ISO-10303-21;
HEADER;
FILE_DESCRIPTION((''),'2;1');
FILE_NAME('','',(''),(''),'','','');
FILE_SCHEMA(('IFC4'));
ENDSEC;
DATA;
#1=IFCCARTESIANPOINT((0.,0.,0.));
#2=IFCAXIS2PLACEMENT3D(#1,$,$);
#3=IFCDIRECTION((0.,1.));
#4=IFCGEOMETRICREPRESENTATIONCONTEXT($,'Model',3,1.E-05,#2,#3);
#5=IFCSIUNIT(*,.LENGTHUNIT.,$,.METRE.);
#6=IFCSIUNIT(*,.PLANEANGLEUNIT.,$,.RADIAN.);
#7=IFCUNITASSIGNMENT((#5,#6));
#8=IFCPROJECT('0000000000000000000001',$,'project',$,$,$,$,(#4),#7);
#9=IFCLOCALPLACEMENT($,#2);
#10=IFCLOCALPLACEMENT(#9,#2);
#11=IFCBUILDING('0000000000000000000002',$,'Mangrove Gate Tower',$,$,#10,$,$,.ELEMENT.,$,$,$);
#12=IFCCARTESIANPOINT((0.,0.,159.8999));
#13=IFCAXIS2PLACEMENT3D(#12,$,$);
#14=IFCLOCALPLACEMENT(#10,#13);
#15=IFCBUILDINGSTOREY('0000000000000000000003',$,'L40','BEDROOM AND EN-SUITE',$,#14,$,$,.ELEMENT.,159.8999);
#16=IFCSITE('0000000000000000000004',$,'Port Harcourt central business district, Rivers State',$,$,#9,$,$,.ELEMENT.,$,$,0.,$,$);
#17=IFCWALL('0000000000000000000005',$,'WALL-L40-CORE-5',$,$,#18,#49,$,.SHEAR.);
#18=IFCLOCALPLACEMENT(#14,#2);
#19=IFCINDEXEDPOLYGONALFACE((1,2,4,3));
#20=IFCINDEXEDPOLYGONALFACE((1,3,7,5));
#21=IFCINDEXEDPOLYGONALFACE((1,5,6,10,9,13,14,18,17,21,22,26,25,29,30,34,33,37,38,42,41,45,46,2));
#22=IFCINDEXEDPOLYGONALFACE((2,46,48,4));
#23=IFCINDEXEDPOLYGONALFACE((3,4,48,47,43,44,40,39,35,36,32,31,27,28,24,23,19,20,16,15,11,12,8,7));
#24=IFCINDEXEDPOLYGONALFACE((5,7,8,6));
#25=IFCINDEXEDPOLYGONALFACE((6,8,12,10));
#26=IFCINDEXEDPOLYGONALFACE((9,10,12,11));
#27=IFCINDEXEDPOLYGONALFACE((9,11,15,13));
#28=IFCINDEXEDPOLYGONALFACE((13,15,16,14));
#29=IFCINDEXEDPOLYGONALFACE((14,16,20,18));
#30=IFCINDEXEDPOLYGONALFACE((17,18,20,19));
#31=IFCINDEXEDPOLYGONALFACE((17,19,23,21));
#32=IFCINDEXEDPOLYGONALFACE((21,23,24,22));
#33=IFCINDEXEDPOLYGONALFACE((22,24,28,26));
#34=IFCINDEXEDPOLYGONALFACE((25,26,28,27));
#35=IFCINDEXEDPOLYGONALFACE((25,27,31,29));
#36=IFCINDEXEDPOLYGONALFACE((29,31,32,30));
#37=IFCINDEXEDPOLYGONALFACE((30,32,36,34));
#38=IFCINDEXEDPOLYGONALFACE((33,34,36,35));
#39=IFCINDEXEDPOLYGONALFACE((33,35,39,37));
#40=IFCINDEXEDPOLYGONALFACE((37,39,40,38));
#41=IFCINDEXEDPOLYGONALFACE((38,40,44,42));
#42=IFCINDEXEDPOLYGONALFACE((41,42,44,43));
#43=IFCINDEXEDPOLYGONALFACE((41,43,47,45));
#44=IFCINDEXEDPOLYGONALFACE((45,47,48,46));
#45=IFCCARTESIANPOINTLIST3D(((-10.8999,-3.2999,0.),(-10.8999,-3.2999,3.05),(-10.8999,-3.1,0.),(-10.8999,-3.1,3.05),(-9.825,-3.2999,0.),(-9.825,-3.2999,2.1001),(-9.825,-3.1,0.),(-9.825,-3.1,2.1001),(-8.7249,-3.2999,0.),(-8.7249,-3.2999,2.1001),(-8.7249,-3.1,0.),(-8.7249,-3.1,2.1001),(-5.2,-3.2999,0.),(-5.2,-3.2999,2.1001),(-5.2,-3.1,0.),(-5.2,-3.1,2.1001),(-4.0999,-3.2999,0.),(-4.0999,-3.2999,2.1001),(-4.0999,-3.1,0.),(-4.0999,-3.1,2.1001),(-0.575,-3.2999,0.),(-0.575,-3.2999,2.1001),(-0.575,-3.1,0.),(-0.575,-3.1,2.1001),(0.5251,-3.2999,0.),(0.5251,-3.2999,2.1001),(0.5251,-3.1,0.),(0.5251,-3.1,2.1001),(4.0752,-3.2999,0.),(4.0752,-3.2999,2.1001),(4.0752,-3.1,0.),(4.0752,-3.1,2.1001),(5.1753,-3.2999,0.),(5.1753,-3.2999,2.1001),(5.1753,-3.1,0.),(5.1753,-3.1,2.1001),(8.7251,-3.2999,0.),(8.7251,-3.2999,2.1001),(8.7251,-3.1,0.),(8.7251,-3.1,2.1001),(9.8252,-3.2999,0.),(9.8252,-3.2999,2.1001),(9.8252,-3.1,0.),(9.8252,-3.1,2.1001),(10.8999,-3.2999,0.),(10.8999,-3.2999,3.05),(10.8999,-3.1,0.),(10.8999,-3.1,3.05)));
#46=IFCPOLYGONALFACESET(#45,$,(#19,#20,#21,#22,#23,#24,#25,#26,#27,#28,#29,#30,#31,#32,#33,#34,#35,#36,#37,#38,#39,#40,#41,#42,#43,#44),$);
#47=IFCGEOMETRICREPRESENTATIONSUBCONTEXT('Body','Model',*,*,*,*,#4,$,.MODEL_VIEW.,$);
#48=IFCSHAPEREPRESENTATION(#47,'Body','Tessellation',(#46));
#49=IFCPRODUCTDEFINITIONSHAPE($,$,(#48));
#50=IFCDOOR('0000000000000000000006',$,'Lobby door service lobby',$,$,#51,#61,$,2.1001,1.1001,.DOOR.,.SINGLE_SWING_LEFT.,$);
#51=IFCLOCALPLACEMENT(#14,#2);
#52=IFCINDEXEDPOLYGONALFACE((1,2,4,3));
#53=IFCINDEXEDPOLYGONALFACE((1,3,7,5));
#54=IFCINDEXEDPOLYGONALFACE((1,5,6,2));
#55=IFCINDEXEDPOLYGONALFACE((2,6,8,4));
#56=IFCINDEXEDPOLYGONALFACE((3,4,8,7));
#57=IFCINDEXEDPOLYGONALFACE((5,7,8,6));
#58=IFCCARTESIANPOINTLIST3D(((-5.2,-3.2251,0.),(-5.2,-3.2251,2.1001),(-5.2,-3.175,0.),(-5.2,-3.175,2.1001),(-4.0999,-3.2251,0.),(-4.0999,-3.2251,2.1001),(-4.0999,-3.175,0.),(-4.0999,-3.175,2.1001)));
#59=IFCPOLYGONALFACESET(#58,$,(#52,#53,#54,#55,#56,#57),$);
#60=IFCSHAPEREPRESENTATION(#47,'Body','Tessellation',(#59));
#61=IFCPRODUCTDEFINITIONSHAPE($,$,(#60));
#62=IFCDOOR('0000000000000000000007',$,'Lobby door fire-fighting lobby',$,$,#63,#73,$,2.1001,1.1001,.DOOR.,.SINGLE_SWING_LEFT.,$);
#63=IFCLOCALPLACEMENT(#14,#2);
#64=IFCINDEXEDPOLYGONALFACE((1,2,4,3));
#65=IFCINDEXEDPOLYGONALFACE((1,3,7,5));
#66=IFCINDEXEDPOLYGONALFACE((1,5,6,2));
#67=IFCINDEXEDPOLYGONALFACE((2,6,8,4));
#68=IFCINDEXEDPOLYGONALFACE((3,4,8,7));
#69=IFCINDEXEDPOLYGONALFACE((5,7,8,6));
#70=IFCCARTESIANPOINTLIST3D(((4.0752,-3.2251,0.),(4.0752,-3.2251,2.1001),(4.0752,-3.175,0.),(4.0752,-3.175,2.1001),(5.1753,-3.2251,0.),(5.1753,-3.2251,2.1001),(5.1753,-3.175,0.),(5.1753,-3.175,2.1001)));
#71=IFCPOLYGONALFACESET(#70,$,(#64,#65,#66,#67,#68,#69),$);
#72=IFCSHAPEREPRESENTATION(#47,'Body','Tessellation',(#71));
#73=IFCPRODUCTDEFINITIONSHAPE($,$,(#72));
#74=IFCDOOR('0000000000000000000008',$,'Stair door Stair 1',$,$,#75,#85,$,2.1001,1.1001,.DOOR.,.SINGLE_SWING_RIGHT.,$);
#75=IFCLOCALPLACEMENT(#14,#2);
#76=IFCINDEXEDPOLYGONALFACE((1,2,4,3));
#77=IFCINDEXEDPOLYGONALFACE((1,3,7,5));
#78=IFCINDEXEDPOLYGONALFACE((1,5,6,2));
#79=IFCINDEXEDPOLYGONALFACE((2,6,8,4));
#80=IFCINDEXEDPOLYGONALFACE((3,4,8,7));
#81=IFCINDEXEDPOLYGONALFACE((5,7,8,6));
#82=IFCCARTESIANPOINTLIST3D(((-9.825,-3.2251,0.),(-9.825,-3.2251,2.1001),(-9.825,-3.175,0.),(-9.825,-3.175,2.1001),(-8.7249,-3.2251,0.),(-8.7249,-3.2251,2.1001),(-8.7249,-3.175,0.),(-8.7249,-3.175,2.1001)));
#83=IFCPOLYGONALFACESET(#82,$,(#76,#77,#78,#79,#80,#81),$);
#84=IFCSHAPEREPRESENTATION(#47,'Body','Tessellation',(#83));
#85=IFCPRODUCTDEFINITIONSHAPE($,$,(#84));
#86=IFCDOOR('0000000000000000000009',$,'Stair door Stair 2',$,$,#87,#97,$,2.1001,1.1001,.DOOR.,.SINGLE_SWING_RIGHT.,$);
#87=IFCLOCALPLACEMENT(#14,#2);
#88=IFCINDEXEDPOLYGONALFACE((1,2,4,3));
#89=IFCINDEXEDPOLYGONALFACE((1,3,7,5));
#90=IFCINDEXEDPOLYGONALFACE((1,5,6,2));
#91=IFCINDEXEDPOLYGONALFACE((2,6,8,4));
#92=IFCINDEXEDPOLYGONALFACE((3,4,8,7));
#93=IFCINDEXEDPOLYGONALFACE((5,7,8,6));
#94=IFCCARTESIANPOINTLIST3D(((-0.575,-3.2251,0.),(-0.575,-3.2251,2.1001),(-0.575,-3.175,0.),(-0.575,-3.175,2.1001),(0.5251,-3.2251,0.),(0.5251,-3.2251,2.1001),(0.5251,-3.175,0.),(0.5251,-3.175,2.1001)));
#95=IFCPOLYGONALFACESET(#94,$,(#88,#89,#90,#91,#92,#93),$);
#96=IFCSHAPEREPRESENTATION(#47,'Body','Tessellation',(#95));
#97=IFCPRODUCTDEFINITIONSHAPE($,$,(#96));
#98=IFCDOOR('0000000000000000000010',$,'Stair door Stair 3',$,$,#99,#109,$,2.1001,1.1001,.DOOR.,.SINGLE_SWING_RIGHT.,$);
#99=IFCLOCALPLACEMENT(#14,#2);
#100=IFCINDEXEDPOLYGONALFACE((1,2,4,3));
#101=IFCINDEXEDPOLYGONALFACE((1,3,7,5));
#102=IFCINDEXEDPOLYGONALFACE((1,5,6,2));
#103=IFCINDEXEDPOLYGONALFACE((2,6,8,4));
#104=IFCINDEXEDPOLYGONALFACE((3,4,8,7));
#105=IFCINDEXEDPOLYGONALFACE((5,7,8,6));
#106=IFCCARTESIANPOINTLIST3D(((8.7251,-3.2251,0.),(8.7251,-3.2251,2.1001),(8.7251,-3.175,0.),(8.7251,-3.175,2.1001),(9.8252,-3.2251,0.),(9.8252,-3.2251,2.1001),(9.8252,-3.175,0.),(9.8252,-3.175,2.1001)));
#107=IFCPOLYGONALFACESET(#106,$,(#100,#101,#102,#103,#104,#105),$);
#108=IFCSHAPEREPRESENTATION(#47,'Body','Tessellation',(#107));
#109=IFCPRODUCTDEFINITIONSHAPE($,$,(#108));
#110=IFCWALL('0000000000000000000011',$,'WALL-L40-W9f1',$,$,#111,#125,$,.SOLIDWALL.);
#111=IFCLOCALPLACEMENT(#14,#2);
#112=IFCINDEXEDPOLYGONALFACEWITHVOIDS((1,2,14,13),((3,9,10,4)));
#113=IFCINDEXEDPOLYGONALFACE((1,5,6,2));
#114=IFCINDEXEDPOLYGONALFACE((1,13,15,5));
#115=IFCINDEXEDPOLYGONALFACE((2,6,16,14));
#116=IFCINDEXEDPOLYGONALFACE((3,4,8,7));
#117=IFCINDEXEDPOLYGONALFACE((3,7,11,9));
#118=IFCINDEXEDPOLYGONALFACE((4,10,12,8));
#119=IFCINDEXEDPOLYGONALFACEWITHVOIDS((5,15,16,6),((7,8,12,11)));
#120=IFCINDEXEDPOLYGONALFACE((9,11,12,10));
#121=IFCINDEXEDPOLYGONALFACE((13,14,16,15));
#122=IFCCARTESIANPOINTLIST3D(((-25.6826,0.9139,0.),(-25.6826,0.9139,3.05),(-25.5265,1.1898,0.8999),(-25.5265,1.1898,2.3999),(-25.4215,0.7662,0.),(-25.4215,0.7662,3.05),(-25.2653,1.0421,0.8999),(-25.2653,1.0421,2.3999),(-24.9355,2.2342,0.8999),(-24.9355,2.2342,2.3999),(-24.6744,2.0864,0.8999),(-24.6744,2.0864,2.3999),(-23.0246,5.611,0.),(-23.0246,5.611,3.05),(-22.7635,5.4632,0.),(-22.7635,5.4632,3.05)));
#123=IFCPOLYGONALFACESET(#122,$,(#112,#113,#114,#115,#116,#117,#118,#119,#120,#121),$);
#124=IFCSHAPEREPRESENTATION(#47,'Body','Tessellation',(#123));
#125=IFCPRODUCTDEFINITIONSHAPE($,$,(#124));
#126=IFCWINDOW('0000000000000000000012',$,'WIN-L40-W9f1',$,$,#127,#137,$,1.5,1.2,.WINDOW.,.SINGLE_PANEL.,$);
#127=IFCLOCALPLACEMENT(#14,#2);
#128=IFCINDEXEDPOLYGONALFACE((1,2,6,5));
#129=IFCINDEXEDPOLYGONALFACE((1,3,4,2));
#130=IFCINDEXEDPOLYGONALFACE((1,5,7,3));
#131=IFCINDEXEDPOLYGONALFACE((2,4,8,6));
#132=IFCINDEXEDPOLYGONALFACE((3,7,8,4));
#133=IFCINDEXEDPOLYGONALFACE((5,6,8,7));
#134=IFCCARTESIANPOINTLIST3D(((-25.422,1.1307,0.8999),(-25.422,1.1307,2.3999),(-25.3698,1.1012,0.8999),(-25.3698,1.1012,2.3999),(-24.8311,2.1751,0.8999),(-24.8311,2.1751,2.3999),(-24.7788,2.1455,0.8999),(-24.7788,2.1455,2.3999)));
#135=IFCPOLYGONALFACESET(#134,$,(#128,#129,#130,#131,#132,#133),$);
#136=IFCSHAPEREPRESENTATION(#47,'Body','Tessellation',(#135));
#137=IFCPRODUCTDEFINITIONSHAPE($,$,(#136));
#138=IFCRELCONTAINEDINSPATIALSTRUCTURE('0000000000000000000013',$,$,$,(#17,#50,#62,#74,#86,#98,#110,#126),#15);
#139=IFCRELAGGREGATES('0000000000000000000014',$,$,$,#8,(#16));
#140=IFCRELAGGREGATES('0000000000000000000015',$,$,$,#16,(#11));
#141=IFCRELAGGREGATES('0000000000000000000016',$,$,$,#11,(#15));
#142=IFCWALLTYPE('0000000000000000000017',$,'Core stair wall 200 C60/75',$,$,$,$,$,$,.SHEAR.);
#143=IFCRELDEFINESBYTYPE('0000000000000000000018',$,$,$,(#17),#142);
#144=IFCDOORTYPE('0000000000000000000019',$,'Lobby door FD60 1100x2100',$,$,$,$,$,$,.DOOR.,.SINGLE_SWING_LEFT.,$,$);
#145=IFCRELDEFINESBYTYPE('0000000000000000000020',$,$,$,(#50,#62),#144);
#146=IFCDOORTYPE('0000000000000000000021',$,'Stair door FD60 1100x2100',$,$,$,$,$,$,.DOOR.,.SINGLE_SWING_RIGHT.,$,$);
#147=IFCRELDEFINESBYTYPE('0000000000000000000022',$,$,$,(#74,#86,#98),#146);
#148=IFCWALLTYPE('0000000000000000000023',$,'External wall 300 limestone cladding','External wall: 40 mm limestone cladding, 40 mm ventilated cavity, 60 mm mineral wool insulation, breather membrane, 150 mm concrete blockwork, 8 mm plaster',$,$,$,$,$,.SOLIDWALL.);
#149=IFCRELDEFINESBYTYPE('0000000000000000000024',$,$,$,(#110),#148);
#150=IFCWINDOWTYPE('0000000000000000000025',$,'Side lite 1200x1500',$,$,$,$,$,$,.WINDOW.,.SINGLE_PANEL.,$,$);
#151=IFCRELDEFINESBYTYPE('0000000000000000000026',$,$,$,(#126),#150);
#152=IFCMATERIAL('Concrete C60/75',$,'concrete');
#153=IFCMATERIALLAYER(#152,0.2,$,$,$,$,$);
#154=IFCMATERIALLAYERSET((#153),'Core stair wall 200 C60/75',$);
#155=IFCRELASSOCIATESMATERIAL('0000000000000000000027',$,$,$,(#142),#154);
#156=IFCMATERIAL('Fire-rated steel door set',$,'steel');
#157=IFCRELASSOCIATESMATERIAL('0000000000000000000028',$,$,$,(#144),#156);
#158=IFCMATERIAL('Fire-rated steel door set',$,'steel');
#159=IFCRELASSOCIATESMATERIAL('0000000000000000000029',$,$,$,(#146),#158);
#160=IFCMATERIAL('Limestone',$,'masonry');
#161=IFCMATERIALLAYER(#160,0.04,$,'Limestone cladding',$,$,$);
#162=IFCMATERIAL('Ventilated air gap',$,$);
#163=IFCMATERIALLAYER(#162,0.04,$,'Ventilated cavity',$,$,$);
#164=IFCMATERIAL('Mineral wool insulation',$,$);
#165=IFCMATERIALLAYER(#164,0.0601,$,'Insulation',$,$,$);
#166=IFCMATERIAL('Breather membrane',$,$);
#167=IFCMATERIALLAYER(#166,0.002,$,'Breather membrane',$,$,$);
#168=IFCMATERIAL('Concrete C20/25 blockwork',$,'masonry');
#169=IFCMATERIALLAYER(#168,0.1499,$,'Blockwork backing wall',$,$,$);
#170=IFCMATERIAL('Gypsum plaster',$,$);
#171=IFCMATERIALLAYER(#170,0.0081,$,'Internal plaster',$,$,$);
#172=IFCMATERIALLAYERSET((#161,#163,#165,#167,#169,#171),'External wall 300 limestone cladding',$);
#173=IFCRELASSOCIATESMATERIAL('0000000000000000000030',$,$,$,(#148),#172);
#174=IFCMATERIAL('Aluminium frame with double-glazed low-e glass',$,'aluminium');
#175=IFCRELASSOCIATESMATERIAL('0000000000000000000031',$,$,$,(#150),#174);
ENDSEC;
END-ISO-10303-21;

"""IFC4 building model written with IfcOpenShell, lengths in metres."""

from ifc_helpers import new_model, si_unit, direction, frame, frame_2d, origin, place, context, subcontext, project, spatial, rectangle, extrude, material, layer, layer_set, type_object, element, fill, save


model = new_model("IFC4")

# Units and contexts
model_context = context("Model", 3, precision=1e-05, world=origin(), true_north=direction((0.0, 1.0)))
body_context = subcontext(model_context, "Body", "Model", "MODEL_VIEW")
ifc_project = project(units=[si_unit("LENGTHUNIT", "METRE"), si_unit("PLANEANGLEUNIT", "RADIAN")], contexts=[model_context])

# Site, building, storey
site_placement = place(None, origin())
site = spatial("IfcSite", under=ifc_project, at=site_placement, Name="Port Harcourt central business district, Rivers State", CompositionType="ELEMENT", RefElevation=0.0)
building_placement = place(site_placement, origin())
building = spatial("IfcBuilding", under=site, at=building_placement, Name="Mangrove Gate Tower", CompositionType="ELEMENT")
storey_placement = place(building_placement, frame((0.0, 0.0, 159.8999)))
storey = spatial("IfcBuildingStorey", under=building, at=storey_placement, Name="L40", Description="BEDROOM AND EN-SUITE", CompositionType="ELEMENT", Elevation=159.8999)

# Wall, openings, doors
ifc_material_1 = material(Name="Concrete C60/75", Category="concrete")
ifc_layer_1 = layer(ifc_material_1, 0.2)
ifc_layer_set_1 = layer_set([ifc_layer_1], Name="Core stair wall 200 C60/75")
wall_type_1 = type_object("IfcWallType", Name="Core stair wall 200 C60/75", PredefinedType="SHEAR", material=ifc_layer_set_1)
wall_1_placement = place(storey_placement, frame((-10.8999, -3.2, 0.0), z_axis=(0.0, 0.0, 1.0), x_axis=(1.0, 0.0, 0.0)))
wall_1 = element("IfcWall", 1, at=wall_1_placement, inside=storey, type_object=wall_type_1, Name="WALL-L40-CORE-5", PredefinedType="SHEAR", context=body_context, shape_type="SweptSolid", body=[
    extrude(rectangle(XDim=21.7998, YDim=0.2, at=frame_2d((10.8999, 0.0))), origin(), (0.0, 0.0, 1.0), 3.05),
])
opening_1_placement = place(wall_1_placement, frame((1.075, 0.0, 0.0)))
opening_1 = element("IfcOpeningElement", 2, at=opening_1_placement, cuts=wall_1, PredefinedType="OPENING", context=body_context, shape_type="SweptSolid", body=[
    extrude(rectangle(XDim=1.1001, YDim=2.1001, at=frame_2d((0.55, 1.05))), frame((0.0, 0.1099, 0.0), z_axis=(0.0, -1.0, 0.0), x_axis=(1.0, 0.0, 0.0)), (0.0, 0.0, 1.0), 0.22),
])
opening_2_placement = place(wall_1_placement, frame((10.325, 0.0, 0.0)))
opening_2 = element("IfcOpeningElement", 3, at=opening_2_placement, cuts=wall_1, PredefinedType="OPENING", context=body_context, shape_type="SweptSolid", body=[
    extrude(rectangle(XDim=1.1001, YDim=2.1001, at=frame_2d((0.55, 1.05))), frame((0.0, 0.1099, 0.0), z_axis=(0.0, -1.0, 0.0), x_axis=(1.0, 0.0, 0.0)), (0.0, 0.0, 1.0), 0.22),
])
opening_3_placement = place(wall_1_placement, frame((19.625, 0.0, 0.0)))
opening_3 = element("IfcOpeningElement", 4, at=opening_3_placement, cuts=wall_1, PredefinedType="OPENING", context=body_context, shape_type="SweptSolid", body=[
    extrude(rectangle(XDim=1.1001, YDim=2.1001, at=frame_2d((0.55, 1.05))), frame((0.0, 0.1099, 0.0), z_axis=(0.0, -1.0, 0.0), x_axis=(1.0, 0.0, 0.0)), (0.0, 0.0, 1.0), 0.22),
])
opening_4_placement = place(wall_1_placement, frame((5.7, 0.0, 0.0)))
opening_4 = element("IfcOpeningElement", 5, at=opening_4_placement, cuts=wall_1, PredefinedType="OPENING", context=body_context, shape_type="SweptSolid", body=[
    extrude(rectangle(XDim=1.1001, YDim=2.1001, at=frame_2d((0.55, 1.05))), frame((0.0, 0.1099, 0.0), z_axis=(0.0, -1.0, 0.0), x_axis=(1.0, 0.0, 0.0)), (0.0, 0.0, 1.0), 0.22),
])
opening_5_placement = place(wall_1_placement, frame((14.9751, 0.0, 0.0)))
opening_5 = element("IfcOpeningElement", 6, at=opening_5_placement, cuts=wall_1, PredefinedType="OPENING", context=body_context, shape_type="SweptSolid", body=[
    extrude(rectangle(XDim=1.1001, YDim=2.1001, at=frame_2d((0.55, 1.05))), frame((0.0, 0.1099, 0.0), z_axis=(0.0, -1.0, 0.0), x_axis=(1.0, 0.0, 0.0)), (0.0, 0.0, 1.0), 0.22),
])
ifc_material_2 = material(Name="Fire-rated steel door set", Category="steel")
door_type_1 = type_object("IfcDoorType", Name="Lobby door FD60 1100x2100", OperationType="SINGLE_SWING_LEFT", PredefinedType="DOOR", material=ifc_material_2)
door_1_placement = place(opening_4_placement, origin())
door_1 = element("IfcDoor", 7, at=door_1_placement, inside=storey, type_object=door_type_1, Name="Lobby door service lobby", OperationType="SINGLE_SWING_LEFT", OverallHeight=2.1001, OverallWidth=1.1001, PredefinedType="DOOR", context=body_context, shape_type="SweptSolid", body=[
    extrude(rectangle(XDim=1.1001, YDim=2.1001, at=frame_2d((0.55, 1.05))), frame((0.0, 0.0249, 0.0), z_axis=(0.0, -1.0, 0.0), x_axis=(1.0, 0.0, 0.0)), (0.0, 0.0, 1.0), 0.05),
])
fill(opening_4, door_1)
door_2_placement = place(opening_5_placement, origin())
door_2 = element("IfcDoor", 8, at=door_2_placement, inside=storey, type_object=door_type_1, Name="Lobby door fire-fighting lobby", OperationType="SINGLE_SWING_LEFT", OverallHeight=2.1001, OverallWidth=1.1001, PredefinedType="DOOR", context=body_context, shape_type="SweptSolid", body=[
    extrude(rectangle(XDim=1.1001, YDim=2.1001, at=frame_2d((0.55, 1.05))), frame((0.0, 0.0249, 0.0), z_axis=(0.0, -1.0, 0.0), x_axis=(1.0, 0.0, 0.0)), (0.0, 0.0, 1.0), 0.05),
])
fill(opening_5, door_2)
ifc_material_3 = material(Name="Fire-rated steel door set", Category="steel")
door_type_2 = type_object("IfcDoorType", Name="Stair door FD60 1100x2100", OperationType="SINGLE_SWING_RIGHT", PredefinedType="DOOR", material=ifc_material_3)
door_3_placement = place(opening_1_placement, origin())
door_3 = element("IfcDoor", 9, at=door_3_placement, inside=storey, type_object=door_type_2, Name="Stair door Stair 1", OperationType="SINGLE_SWING_RIGHT", OverallHeight=2.1001, OverallWidth=1.1001, PredefinedType="DOOR", context=body_context, shape_type="SweptSolid", body=[
    extrude(rectangle(XDim=1.1001, YDim=2.1001, at=frame_2d((0.55, 1.05))), frame((0.0, 0.0249, 0.0), z_axis=(0.0, -1.0, 0.0), x_axis=(1.0, 0.0, 0.0)), (0.0, 0.0, 1.0), 0.05),
])
fill(opening_1, door_3)
door_4_placement = place(opening_2_placement, origin())
door_4 = element("IfcDoor", 10, at=door_4_placement, inside=storey, type_object=door_type_2, Name="Stair door Stair 2", OperationType="SINGLE_SWING_RIGHT", OverallHeight=2.1001, OverallWidth=1.1001, PredefinedType="DOOR", context=body_context, shape_type="SweptSolid", body=[
    extrude(rectangle(XDim=1.1001, YDim=2.1001, at=frame_2d((0.55, 1.05))), frame((0.0, 0.0249, 0.0), z_axis=(0.0, -1.0, 0.0), x_axis=(1.0, 0.0, 0.0)), (0.0, 0.0, 1.0), 0.05),
])
fill(opening_2, door_4)
door_5_placement = place(opening_3_placement, origin())
door_5 = element("IfcDoor", 11, at=door_5_placement, inside=storey, type_object=door_type_2, Name="Stair door Stair 3", OperationType="SINGLE_SWING_RIGHT", OverallHeight=2.1001, OverallWidth=1.1001, PredefinedType="DOOR", context=body_context, shape_type="SweptSolid", body=[
    extrude(rectangle(XDim=1.1001, YDim=2.1001, at=frame_2d((0.55, 1.05))), frame((0.0, 0.0249, 0.0), z_axis=(0.0, -1.0, 0.0), x_axis=(1.0, 0.0, 0.0)), (0.0, 0.0, 1.0), 0.05),
])
fill(opening_3, door_5)

# Wall, opening, window
ifc_material_4 = material(Name="Limestone", Category="masonry")
ifc_layer_2 = layer(ifc_material_4, 0.04, Name="Limestone cladding")
ifc_material_5 = material(Name="Ventilated air gap")
ifc_layer_3 = layer(ifc_material_5, 0.04, Name="Ventilated cavity")
ifc_material_6 = material(Name="Mineral wool insulation")
ifc_layer_4 = layer(ifc_material_6, 0.0601, Name="Insulation")
ifc_material_7 = material(Name="Breather membrane")
ifc_layer_5 = layer(ifc_material_7, 0.002, Name="Breather membrane")
ifc_material_8 = material(Name="Concrete C20/25 blockwork", Category="masonry")
ifc_layer_6 = layer(ifc_material_8, 0.1499, Name="Blockwork backing wall")
ifc_material_9 = material(Name="Gypsum plaster")
ifc_layer_7 = layer(ifc_material_9, 0.0081, Name="Internal plaster")
ifc_layer_set_2 = layer_set([ifc_layer_2, ifc_layer_3, ifc_layer_4, ifc_layer_5, ifc_layer_6, ifc_layer_7], Name="External wall 300 limestone cladding")
wall_type_2 = type_object("IfcWallType", Name="External wall 300 limestone cladding", Description="External wall: 40 mm limestone cladding, 40 mm ventilated cavity, 60 mm mineral wool insulation, breather membrane, 150 mm concrete blockwork, 8 mm plaster", PredefinedType="SOLIDWALL", material=ifc_layer_set_2)
wall_2_placement = place(storey_placement, frame((-22.894, 5.5371, 0.0), z_axis=(0.0, 0.0, 1.0), x_axis=(-0.492495, -0.870315, 0.0)))
wall_2 = element("IfcWall", 12, at=wall_2_placement, inside=storey, type_object=wall_type_2, Name="WALL-L40-W9f1", PredefinedType="SOLIDWALL", context=body_context, shape_type="SweptSolid", body=[
    extrude(rectangle(XDim=5.397, YDim=0.3, at=frame_2d((2.6985, 0.0))), origin(), (0.0, 0.0, 1.0), 3.05),
])
opening_6_placement = place(wall_2_placement, frame((3.8799, 0.0, 0.8999)))
opening_6 = element("IfcOpeningElement", 13, at=opening_6_placement, cuts=wall_2, PredefinedType="OPENING", context=body_context, shape_type="SweptSolid", body=[
    extrude(rectangle(XDim=1.2, YDim=1.5, at=frame_2d((0.6001, 0.75))), frame((0.0, 0.1599, 0.0), z_axis=(0.0, -1.0, 0.0), x_axis=(1.0, 0.0, 0.0)), (0.0, 0.0, 1.0), 0.3201),
])
ifc_material_10 = material(Name="Aluminium frame with double-glazed low-e glass", Category="aluminium")
window_type = type_object("IfcWindowType", Name="Side lite 1200x1500", PartitioningType="SINGLE_PANEL", PredefinedType="WINDOW", material=ifc_material_10)
window_1_placement = place(opening_6_placement, origin())
window_1 = element("IfcWindow", 14, at=window_1_placement, inside=storey, type_object=window_type, Name="WIN-L40-W9f1", OverallHeight=1.5, OverallWidth=1.2, PartitioningType="SINGLE_PANEL", PredefinedType="WINDOW", context=body_context, shape_type="SweptSolid", body=[
    extrude(rectangle(XDim=1.2, YDim=1.5, at=frame_2d((0.6001, 0.75))), frame((0.0, 0.03, 0.0), z_axis=(0.0, -1.0, 0.0), x_axis=(1.0, 0.0, 0.0)), (0.0, 0.0, 1.0), 0.0601),
])
fill(opening_6, window_1)

save(model, "model.ifc")
